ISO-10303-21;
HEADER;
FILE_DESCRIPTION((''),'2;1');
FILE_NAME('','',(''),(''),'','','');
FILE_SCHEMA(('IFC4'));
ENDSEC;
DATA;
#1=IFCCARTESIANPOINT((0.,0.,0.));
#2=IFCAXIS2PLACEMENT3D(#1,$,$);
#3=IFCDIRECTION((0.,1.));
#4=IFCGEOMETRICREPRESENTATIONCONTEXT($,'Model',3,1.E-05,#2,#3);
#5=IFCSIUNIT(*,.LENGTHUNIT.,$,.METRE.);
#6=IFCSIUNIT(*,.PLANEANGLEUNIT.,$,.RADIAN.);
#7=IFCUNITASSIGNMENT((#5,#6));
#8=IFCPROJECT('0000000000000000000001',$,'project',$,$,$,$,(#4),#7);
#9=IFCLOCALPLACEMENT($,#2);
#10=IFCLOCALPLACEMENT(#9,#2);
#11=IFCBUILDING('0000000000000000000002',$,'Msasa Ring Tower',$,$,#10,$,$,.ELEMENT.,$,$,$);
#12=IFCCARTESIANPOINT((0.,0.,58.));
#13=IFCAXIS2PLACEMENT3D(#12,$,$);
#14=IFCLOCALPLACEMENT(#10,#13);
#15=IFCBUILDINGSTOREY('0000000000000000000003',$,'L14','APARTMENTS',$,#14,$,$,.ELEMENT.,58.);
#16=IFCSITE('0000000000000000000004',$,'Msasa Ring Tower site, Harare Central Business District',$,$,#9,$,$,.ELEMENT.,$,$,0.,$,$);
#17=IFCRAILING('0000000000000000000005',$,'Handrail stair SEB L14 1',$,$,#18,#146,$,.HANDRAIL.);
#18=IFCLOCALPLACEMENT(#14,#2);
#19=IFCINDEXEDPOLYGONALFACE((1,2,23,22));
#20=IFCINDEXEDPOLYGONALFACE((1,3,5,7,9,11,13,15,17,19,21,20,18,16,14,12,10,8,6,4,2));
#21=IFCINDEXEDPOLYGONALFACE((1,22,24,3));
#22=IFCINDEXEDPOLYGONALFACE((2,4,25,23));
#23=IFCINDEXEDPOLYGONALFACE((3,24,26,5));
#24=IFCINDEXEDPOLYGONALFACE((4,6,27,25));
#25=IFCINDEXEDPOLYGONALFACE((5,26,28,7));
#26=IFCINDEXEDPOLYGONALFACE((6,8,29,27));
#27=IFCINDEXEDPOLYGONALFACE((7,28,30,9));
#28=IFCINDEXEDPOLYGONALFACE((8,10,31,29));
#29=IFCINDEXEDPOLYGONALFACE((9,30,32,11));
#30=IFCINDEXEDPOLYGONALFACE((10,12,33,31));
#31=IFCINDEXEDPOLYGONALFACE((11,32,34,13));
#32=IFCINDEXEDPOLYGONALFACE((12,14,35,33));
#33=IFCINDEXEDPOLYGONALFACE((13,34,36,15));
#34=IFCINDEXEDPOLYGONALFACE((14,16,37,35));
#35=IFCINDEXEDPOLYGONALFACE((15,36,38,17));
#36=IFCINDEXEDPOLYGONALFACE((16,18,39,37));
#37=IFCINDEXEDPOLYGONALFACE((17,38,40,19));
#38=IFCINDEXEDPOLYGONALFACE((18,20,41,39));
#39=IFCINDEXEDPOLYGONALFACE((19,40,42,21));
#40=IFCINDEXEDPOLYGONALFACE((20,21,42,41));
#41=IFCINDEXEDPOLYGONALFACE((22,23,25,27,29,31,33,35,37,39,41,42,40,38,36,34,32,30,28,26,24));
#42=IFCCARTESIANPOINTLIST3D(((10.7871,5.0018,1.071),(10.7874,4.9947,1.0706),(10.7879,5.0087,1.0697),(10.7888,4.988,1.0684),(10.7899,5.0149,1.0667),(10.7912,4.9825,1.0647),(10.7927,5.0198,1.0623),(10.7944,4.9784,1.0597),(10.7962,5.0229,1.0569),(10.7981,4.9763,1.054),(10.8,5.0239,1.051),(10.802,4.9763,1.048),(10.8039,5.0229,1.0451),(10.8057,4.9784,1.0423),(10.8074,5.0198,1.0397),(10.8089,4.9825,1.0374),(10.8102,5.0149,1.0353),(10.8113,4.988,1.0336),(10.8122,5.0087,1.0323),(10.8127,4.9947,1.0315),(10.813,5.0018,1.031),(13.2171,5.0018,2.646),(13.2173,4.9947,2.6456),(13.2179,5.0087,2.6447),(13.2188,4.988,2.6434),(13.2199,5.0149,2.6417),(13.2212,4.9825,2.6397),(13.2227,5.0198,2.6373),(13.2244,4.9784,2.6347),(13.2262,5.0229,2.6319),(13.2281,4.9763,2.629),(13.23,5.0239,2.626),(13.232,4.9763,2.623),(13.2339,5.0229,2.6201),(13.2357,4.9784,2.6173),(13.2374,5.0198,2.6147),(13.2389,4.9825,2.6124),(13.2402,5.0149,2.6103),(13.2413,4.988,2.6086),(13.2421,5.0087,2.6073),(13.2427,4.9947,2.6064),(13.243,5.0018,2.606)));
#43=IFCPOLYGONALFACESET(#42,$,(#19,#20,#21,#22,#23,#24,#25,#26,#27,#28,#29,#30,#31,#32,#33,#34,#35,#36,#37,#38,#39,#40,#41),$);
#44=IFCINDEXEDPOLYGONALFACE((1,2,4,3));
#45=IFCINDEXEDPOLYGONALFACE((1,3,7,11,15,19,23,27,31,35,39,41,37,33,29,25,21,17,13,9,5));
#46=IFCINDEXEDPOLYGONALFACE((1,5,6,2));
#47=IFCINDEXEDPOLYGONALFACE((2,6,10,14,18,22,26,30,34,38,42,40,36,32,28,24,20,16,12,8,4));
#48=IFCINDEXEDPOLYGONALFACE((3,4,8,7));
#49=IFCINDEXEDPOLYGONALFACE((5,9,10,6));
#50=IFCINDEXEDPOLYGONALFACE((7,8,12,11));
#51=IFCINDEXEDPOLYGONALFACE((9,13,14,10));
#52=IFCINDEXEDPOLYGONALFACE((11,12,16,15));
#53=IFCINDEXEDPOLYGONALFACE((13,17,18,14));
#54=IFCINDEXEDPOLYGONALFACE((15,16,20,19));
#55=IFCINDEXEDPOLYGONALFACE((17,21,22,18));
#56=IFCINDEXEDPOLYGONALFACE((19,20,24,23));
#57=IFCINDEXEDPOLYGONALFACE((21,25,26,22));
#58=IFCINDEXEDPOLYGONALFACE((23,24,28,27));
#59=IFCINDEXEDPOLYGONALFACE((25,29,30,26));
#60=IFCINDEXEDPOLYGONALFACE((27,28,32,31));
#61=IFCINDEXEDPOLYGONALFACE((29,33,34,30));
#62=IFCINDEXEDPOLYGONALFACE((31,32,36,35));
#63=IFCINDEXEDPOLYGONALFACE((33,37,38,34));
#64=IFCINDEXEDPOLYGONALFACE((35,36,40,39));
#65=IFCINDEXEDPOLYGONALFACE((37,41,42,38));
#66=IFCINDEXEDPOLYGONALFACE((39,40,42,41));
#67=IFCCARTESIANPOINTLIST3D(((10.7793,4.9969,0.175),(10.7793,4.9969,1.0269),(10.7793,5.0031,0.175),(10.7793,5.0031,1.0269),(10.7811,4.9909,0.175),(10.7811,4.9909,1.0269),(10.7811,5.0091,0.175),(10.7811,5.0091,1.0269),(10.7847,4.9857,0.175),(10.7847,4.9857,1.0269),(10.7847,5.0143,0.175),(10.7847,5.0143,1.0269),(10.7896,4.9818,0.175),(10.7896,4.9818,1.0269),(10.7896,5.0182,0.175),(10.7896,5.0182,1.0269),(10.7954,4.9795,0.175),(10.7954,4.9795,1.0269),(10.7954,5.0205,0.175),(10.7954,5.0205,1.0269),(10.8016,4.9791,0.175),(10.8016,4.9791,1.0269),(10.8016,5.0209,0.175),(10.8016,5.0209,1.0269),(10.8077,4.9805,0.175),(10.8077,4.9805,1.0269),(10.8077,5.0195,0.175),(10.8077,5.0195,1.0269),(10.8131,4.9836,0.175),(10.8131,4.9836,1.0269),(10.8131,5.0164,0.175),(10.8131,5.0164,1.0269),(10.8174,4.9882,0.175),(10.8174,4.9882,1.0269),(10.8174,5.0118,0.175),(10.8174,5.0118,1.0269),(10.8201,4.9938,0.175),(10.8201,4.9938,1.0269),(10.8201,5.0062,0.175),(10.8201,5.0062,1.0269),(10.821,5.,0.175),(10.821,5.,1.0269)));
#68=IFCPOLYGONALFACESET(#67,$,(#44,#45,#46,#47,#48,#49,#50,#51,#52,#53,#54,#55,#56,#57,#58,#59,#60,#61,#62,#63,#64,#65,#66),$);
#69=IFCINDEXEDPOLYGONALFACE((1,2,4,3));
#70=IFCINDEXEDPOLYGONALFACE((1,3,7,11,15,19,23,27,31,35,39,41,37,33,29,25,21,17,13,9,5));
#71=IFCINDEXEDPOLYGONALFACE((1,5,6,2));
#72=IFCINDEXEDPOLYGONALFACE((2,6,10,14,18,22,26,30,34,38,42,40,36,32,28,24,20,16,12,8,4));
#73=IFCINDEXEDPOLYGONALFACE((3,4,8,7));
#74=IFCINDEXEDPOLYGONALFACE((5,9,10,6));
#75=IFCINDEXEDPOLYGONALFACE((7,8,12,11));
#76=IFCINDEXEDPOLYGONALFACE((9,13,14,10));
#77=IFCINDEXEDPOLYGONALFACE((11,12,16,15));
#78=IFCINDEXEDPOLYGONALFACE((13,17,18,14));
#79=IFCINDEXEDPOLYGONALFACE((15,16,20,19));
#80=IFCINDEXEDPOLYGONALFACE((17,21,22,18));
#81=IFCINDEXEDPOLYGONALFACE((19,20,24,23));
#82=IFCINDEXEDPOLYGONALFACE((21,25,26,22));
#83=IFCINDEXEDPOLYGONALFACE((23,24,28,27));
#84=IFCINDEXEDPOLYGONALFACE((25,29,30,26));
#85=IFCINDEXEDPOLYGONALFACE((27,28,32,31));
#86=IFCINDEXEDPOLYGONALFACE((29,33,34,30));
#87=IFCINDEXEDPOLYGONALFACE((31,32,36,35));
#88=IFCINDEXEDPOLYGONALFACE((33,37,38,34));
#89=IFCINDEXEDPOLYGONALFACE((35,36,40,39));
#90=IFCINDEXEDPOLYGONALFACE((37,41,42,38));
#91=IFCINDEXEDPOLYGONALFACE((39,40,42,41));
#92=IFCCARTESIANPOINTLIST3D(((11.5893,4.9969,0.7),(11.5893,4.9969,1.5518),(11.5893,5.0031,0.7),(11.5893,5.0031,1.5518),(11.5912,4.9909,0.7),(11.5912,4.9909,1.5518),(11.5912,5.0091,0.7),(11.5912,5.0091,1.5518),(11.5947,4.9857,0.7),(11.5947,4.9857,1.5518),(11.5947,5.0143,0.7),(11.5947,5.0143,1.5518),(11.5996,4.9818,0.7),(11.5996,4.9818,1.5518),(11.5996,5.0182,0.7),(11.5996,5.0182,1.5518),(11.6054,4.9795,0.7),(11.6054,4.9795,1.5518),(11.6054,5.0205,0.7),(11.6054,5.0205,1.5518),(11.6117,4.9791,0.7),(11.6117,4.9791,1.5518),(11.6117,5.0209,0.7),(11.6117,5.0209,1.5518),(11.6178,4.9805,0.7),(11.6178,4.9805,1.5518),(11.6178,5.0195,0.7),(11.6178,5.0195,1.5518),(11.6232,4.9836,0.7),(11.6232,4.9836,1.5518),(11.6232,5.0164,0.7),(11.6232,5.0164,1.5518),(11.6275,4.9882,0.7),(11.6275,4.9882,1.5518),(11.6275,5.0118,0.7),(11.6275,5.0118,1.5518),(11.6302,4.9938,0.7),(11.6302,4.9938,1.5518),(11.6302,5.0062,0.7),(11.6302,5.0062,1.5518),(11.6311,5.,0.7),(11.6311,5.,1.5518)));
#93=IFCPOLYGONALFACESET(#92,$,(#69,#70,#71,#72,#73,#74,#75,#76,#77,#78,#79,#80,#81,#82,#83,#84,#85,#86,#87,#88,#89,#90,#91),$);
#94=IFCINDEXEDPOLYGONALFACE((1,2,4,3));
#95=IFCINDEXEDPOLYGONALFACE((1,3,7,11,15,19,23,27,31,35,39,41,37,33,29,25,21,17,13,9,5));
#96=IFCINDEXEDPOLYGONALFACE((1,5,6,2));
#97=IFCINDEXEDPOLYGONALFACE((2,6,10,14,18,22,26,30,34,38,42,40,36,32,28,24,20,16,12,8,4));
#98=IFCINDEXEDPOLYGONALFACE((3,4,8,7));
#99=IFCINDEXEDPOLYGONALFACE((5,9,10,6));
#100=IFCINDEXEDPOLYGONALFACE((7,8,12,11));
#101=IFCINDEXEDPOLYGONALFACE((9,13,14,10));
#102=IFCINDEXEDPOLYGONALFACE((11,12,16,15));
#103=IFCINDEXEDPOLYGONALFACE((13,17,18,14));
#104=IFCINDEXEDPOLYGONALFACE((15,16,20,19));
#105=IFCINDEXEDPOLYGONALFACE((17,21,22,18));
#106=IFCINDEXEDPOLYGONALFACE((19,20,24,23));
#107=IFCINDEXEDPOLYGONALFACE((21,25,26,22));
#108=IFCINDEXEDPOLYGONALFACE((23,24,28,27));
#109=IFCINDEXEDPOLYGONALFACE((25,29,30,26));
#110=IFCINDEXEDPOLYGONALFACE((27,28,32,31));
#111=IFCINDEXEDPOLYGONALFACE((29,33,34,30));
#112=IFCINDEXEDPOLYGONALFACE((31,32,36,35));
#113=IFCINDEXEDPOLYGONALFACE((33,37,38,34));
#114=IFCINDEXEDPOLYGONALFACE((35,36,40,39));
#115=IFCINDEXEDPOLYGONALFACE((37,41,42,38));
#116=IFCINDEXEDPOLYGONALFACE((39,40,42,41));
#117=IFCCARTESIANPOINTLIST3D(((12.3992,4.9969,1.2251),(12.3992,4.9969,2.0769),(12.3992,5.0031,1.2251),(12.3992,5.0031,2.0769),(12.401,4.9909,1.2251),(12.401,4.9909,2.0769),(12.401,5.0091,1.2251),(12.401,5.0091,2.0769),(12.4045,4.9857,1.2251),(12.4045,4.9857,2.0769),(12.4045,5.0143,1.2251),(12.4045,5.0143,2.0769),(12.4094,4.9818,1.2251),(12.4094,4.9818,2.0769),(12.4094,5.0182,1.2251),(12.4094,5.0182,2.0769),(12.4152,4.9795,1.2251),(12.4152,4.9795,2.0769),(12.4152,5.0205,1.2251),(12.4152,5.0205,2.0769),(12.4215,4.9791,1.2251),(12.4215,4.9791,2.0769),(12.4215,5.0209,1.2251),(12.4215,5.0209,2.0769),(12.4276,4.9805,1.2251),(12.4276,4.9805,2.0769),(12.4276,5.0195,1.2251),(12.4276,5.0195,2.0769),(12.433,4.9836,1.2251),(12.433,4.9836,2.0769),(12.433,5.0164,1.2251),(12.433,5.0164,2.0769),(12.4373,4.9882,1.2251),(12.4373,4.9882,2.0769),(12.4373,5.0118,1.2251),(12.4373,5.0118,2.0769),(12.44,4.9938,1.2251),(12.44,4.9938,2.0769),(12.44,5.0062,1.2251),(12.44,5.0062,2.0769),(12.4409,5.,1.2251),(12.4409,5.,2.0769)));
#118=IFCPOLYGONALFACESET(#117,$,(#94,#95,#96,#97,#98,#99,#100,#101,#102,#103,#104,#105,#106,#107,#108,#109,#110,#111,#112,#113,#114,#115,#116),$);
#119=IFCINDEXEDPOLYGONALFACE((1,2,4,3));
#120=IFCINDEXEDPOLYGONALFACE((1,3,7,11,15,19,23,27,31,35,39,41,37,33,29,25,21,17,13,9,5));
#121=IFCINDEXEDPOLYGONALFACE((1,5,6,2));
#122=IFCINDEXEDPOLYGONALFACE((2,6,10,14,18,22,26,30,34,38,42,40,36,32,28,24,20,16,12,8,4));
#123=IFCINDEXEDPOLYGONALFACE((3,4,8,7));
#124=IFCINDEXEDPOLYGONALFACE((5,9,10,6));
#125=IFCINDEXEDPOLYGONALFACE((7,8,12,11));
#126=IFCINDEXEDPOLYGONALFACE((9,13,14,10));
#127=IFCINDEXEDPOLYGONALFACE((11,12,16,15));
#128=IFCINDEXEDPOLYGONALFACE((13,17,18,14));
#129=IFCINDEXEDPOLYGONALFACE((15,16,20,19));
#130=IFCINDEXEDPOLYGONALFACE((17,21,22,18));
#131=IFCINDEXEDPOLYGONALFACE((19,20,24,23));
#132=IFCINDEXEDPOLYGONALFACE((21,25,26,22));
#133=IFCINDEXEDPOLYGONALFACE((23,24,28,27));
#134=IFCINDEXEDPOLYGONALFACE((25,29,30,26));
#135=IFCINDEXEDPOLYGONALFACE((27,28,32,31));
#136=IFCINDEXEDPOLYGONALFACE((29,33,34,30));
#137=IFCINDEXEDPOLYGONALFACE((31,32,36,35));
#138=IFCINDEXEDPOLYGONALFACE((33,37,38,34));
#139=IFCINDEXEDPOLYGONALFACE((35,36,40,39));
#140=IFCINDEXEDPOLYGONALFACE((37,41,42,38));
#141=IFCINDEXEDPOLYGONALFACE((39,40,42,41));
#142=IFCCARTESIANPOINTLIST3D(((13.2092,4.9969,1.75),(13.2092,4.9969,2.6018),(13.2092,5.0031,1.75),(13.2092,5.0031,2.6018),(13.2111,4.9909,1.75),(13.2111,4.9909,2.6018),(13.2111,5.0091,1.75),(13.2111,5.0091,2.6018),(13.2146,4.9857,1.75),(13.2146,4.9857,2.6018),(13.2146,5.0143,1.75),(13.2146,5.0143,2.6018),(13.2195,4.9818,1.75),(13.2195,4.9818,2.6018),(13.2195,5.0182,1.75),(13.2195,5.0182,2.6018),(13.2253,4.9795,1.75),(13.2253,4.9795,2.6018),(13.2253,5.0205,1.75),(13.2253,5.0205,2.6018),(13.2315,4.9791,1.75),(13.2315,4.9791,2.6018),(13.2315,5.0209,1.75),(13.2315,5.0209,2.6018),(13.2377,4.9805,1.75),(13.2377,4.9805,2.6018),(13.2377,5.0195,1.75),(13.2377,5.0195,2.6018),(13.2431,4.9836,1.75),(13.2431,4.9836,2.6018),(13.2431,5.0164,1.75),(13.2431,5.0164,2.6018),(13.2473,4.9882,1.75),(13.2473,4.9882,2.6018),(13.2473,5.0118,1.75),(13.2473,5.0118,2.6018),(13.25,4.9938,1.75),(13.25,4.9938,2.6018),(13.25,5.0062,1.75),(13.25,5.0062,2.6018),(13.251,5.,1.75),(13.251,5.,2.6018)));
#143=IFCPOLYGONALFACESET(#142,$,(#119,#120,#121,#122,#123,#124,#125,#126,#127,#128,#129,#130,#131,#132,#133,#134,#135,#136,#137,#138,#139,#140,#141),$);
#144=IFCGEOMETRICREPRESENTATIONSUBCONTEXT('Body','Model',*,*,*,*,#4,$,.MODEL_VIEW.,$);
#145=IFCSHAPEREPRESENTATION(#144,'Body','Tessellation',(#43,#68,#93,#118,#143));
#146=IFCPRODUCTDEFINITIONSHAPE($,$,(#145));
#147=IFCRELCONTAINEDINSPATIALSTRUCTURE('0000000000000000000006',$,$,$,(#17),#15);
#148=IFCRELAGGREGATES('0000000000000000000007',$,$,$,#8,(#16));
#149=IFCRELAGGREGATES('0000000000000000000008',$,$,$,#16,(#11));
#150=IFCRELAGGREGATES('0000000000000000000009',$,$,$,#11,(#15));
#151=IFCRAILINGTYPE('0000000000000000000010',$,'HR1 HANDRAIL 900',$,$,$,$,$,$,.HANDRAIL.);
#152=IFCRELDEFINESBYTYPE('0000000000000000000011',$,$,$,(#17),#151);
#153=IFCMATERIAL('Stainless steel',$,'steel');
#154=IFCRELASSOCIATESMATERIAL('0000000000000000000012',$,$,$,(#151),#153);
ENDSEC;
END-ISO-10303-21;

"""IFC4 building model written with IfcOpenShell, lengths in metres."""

from ifc_helpers import new_model, si_unit, direction, frame, origin, origin_2d, place, context, subcontext, project, spatial, circle, extrude, material, type_object, element, save


model = new_model("IFC4")

# Units and contexts
model_context = context("Model", 3, precision=1e-05, world=origin(), true_north=direction((0.0, 1.0)))
body_context = subcontext(model_context, "Body", "Model", "MODEL_VIEW")
ifc_project = project(units=[si_unit("LENGTHUNIT", "METRE"), si_unit("PLANEANGLEUNIT", "RADIAN")], contexts=[model_context])

# Site, building, storey
site_placement = place(None, origin())
site = spatial("IfcSite", under=ifc_project, at=site_placement, Name="Msasa Ring Tower site, Harare Central Business District", CompositionType="ELEMENT", RefElevation=0.0)
building_placement = place(site_placement, origin())
building = spatial("IfcBuilding", under=site, at=building_placement, Name="Msasa Ring Tower", CompositionType="ELEMENT")
storey_placement = place(building_placement, frame((0.0, 0.0, 58.0)))
storey = spatial("IfcBuildingStorey", under=building, at=storey_placement, Name="L14", Description="APARTMENTS", CompositionType="ELEMENT", Elevation=58.0)

# Railing
ifc_material_1 = material(Name="Stainless steel", Category="steel")
railing_type = type_object("IfcRailingType", Name="HR1 HANDRAIL 900", PredefinedType="HANDRAIL", material=ifc_material_1)
for number, where, name in (
    (1, (10.8, 5.0, 0.175), "Handrail stair SEB L14 1"),
):
    element("IfcRailing", number, at=place(storey_placement, frame(where)), inside=storey, type_object=railing_type, Name=name, PredefinedType="HANDRAIL", context=body_context, shape_type="SweptSolid", body=[
        extrude(circle(Radius=0.0239, at=origin_2d()), frame((0.0, 0.0, 0.876), z_axis=(0.839154, 0.0, 0.543894), x_axis=(0.0, 1.0, 0.0)), (0.0, 0.0, 1.0), 2.8958),
        extrude(circle(Radius=0.021, at=origin_2d()), origin(), (0.0, 0.0, 1.0), 0.8518),
        extrude(circle(Radius=0.021, at=origin_2d()), frame((0.8101, 0.0, 0.5249)), (0.0, 0.0, 1.0), 0.8518),
        extrude(circle(Radius=0.021, at=origin_2d()), frame((1.6199, 0.0, 1.05)), (0.0, 0.0, 1.0), 0.8518),
        extrude(circle(Radius=0.021, at=origin_2d()), frame((2.4299, 0.0, 1.575)), (0.0, 0.0, 1.0), 0.8518),
    ])

save(model, "model.ifc")
